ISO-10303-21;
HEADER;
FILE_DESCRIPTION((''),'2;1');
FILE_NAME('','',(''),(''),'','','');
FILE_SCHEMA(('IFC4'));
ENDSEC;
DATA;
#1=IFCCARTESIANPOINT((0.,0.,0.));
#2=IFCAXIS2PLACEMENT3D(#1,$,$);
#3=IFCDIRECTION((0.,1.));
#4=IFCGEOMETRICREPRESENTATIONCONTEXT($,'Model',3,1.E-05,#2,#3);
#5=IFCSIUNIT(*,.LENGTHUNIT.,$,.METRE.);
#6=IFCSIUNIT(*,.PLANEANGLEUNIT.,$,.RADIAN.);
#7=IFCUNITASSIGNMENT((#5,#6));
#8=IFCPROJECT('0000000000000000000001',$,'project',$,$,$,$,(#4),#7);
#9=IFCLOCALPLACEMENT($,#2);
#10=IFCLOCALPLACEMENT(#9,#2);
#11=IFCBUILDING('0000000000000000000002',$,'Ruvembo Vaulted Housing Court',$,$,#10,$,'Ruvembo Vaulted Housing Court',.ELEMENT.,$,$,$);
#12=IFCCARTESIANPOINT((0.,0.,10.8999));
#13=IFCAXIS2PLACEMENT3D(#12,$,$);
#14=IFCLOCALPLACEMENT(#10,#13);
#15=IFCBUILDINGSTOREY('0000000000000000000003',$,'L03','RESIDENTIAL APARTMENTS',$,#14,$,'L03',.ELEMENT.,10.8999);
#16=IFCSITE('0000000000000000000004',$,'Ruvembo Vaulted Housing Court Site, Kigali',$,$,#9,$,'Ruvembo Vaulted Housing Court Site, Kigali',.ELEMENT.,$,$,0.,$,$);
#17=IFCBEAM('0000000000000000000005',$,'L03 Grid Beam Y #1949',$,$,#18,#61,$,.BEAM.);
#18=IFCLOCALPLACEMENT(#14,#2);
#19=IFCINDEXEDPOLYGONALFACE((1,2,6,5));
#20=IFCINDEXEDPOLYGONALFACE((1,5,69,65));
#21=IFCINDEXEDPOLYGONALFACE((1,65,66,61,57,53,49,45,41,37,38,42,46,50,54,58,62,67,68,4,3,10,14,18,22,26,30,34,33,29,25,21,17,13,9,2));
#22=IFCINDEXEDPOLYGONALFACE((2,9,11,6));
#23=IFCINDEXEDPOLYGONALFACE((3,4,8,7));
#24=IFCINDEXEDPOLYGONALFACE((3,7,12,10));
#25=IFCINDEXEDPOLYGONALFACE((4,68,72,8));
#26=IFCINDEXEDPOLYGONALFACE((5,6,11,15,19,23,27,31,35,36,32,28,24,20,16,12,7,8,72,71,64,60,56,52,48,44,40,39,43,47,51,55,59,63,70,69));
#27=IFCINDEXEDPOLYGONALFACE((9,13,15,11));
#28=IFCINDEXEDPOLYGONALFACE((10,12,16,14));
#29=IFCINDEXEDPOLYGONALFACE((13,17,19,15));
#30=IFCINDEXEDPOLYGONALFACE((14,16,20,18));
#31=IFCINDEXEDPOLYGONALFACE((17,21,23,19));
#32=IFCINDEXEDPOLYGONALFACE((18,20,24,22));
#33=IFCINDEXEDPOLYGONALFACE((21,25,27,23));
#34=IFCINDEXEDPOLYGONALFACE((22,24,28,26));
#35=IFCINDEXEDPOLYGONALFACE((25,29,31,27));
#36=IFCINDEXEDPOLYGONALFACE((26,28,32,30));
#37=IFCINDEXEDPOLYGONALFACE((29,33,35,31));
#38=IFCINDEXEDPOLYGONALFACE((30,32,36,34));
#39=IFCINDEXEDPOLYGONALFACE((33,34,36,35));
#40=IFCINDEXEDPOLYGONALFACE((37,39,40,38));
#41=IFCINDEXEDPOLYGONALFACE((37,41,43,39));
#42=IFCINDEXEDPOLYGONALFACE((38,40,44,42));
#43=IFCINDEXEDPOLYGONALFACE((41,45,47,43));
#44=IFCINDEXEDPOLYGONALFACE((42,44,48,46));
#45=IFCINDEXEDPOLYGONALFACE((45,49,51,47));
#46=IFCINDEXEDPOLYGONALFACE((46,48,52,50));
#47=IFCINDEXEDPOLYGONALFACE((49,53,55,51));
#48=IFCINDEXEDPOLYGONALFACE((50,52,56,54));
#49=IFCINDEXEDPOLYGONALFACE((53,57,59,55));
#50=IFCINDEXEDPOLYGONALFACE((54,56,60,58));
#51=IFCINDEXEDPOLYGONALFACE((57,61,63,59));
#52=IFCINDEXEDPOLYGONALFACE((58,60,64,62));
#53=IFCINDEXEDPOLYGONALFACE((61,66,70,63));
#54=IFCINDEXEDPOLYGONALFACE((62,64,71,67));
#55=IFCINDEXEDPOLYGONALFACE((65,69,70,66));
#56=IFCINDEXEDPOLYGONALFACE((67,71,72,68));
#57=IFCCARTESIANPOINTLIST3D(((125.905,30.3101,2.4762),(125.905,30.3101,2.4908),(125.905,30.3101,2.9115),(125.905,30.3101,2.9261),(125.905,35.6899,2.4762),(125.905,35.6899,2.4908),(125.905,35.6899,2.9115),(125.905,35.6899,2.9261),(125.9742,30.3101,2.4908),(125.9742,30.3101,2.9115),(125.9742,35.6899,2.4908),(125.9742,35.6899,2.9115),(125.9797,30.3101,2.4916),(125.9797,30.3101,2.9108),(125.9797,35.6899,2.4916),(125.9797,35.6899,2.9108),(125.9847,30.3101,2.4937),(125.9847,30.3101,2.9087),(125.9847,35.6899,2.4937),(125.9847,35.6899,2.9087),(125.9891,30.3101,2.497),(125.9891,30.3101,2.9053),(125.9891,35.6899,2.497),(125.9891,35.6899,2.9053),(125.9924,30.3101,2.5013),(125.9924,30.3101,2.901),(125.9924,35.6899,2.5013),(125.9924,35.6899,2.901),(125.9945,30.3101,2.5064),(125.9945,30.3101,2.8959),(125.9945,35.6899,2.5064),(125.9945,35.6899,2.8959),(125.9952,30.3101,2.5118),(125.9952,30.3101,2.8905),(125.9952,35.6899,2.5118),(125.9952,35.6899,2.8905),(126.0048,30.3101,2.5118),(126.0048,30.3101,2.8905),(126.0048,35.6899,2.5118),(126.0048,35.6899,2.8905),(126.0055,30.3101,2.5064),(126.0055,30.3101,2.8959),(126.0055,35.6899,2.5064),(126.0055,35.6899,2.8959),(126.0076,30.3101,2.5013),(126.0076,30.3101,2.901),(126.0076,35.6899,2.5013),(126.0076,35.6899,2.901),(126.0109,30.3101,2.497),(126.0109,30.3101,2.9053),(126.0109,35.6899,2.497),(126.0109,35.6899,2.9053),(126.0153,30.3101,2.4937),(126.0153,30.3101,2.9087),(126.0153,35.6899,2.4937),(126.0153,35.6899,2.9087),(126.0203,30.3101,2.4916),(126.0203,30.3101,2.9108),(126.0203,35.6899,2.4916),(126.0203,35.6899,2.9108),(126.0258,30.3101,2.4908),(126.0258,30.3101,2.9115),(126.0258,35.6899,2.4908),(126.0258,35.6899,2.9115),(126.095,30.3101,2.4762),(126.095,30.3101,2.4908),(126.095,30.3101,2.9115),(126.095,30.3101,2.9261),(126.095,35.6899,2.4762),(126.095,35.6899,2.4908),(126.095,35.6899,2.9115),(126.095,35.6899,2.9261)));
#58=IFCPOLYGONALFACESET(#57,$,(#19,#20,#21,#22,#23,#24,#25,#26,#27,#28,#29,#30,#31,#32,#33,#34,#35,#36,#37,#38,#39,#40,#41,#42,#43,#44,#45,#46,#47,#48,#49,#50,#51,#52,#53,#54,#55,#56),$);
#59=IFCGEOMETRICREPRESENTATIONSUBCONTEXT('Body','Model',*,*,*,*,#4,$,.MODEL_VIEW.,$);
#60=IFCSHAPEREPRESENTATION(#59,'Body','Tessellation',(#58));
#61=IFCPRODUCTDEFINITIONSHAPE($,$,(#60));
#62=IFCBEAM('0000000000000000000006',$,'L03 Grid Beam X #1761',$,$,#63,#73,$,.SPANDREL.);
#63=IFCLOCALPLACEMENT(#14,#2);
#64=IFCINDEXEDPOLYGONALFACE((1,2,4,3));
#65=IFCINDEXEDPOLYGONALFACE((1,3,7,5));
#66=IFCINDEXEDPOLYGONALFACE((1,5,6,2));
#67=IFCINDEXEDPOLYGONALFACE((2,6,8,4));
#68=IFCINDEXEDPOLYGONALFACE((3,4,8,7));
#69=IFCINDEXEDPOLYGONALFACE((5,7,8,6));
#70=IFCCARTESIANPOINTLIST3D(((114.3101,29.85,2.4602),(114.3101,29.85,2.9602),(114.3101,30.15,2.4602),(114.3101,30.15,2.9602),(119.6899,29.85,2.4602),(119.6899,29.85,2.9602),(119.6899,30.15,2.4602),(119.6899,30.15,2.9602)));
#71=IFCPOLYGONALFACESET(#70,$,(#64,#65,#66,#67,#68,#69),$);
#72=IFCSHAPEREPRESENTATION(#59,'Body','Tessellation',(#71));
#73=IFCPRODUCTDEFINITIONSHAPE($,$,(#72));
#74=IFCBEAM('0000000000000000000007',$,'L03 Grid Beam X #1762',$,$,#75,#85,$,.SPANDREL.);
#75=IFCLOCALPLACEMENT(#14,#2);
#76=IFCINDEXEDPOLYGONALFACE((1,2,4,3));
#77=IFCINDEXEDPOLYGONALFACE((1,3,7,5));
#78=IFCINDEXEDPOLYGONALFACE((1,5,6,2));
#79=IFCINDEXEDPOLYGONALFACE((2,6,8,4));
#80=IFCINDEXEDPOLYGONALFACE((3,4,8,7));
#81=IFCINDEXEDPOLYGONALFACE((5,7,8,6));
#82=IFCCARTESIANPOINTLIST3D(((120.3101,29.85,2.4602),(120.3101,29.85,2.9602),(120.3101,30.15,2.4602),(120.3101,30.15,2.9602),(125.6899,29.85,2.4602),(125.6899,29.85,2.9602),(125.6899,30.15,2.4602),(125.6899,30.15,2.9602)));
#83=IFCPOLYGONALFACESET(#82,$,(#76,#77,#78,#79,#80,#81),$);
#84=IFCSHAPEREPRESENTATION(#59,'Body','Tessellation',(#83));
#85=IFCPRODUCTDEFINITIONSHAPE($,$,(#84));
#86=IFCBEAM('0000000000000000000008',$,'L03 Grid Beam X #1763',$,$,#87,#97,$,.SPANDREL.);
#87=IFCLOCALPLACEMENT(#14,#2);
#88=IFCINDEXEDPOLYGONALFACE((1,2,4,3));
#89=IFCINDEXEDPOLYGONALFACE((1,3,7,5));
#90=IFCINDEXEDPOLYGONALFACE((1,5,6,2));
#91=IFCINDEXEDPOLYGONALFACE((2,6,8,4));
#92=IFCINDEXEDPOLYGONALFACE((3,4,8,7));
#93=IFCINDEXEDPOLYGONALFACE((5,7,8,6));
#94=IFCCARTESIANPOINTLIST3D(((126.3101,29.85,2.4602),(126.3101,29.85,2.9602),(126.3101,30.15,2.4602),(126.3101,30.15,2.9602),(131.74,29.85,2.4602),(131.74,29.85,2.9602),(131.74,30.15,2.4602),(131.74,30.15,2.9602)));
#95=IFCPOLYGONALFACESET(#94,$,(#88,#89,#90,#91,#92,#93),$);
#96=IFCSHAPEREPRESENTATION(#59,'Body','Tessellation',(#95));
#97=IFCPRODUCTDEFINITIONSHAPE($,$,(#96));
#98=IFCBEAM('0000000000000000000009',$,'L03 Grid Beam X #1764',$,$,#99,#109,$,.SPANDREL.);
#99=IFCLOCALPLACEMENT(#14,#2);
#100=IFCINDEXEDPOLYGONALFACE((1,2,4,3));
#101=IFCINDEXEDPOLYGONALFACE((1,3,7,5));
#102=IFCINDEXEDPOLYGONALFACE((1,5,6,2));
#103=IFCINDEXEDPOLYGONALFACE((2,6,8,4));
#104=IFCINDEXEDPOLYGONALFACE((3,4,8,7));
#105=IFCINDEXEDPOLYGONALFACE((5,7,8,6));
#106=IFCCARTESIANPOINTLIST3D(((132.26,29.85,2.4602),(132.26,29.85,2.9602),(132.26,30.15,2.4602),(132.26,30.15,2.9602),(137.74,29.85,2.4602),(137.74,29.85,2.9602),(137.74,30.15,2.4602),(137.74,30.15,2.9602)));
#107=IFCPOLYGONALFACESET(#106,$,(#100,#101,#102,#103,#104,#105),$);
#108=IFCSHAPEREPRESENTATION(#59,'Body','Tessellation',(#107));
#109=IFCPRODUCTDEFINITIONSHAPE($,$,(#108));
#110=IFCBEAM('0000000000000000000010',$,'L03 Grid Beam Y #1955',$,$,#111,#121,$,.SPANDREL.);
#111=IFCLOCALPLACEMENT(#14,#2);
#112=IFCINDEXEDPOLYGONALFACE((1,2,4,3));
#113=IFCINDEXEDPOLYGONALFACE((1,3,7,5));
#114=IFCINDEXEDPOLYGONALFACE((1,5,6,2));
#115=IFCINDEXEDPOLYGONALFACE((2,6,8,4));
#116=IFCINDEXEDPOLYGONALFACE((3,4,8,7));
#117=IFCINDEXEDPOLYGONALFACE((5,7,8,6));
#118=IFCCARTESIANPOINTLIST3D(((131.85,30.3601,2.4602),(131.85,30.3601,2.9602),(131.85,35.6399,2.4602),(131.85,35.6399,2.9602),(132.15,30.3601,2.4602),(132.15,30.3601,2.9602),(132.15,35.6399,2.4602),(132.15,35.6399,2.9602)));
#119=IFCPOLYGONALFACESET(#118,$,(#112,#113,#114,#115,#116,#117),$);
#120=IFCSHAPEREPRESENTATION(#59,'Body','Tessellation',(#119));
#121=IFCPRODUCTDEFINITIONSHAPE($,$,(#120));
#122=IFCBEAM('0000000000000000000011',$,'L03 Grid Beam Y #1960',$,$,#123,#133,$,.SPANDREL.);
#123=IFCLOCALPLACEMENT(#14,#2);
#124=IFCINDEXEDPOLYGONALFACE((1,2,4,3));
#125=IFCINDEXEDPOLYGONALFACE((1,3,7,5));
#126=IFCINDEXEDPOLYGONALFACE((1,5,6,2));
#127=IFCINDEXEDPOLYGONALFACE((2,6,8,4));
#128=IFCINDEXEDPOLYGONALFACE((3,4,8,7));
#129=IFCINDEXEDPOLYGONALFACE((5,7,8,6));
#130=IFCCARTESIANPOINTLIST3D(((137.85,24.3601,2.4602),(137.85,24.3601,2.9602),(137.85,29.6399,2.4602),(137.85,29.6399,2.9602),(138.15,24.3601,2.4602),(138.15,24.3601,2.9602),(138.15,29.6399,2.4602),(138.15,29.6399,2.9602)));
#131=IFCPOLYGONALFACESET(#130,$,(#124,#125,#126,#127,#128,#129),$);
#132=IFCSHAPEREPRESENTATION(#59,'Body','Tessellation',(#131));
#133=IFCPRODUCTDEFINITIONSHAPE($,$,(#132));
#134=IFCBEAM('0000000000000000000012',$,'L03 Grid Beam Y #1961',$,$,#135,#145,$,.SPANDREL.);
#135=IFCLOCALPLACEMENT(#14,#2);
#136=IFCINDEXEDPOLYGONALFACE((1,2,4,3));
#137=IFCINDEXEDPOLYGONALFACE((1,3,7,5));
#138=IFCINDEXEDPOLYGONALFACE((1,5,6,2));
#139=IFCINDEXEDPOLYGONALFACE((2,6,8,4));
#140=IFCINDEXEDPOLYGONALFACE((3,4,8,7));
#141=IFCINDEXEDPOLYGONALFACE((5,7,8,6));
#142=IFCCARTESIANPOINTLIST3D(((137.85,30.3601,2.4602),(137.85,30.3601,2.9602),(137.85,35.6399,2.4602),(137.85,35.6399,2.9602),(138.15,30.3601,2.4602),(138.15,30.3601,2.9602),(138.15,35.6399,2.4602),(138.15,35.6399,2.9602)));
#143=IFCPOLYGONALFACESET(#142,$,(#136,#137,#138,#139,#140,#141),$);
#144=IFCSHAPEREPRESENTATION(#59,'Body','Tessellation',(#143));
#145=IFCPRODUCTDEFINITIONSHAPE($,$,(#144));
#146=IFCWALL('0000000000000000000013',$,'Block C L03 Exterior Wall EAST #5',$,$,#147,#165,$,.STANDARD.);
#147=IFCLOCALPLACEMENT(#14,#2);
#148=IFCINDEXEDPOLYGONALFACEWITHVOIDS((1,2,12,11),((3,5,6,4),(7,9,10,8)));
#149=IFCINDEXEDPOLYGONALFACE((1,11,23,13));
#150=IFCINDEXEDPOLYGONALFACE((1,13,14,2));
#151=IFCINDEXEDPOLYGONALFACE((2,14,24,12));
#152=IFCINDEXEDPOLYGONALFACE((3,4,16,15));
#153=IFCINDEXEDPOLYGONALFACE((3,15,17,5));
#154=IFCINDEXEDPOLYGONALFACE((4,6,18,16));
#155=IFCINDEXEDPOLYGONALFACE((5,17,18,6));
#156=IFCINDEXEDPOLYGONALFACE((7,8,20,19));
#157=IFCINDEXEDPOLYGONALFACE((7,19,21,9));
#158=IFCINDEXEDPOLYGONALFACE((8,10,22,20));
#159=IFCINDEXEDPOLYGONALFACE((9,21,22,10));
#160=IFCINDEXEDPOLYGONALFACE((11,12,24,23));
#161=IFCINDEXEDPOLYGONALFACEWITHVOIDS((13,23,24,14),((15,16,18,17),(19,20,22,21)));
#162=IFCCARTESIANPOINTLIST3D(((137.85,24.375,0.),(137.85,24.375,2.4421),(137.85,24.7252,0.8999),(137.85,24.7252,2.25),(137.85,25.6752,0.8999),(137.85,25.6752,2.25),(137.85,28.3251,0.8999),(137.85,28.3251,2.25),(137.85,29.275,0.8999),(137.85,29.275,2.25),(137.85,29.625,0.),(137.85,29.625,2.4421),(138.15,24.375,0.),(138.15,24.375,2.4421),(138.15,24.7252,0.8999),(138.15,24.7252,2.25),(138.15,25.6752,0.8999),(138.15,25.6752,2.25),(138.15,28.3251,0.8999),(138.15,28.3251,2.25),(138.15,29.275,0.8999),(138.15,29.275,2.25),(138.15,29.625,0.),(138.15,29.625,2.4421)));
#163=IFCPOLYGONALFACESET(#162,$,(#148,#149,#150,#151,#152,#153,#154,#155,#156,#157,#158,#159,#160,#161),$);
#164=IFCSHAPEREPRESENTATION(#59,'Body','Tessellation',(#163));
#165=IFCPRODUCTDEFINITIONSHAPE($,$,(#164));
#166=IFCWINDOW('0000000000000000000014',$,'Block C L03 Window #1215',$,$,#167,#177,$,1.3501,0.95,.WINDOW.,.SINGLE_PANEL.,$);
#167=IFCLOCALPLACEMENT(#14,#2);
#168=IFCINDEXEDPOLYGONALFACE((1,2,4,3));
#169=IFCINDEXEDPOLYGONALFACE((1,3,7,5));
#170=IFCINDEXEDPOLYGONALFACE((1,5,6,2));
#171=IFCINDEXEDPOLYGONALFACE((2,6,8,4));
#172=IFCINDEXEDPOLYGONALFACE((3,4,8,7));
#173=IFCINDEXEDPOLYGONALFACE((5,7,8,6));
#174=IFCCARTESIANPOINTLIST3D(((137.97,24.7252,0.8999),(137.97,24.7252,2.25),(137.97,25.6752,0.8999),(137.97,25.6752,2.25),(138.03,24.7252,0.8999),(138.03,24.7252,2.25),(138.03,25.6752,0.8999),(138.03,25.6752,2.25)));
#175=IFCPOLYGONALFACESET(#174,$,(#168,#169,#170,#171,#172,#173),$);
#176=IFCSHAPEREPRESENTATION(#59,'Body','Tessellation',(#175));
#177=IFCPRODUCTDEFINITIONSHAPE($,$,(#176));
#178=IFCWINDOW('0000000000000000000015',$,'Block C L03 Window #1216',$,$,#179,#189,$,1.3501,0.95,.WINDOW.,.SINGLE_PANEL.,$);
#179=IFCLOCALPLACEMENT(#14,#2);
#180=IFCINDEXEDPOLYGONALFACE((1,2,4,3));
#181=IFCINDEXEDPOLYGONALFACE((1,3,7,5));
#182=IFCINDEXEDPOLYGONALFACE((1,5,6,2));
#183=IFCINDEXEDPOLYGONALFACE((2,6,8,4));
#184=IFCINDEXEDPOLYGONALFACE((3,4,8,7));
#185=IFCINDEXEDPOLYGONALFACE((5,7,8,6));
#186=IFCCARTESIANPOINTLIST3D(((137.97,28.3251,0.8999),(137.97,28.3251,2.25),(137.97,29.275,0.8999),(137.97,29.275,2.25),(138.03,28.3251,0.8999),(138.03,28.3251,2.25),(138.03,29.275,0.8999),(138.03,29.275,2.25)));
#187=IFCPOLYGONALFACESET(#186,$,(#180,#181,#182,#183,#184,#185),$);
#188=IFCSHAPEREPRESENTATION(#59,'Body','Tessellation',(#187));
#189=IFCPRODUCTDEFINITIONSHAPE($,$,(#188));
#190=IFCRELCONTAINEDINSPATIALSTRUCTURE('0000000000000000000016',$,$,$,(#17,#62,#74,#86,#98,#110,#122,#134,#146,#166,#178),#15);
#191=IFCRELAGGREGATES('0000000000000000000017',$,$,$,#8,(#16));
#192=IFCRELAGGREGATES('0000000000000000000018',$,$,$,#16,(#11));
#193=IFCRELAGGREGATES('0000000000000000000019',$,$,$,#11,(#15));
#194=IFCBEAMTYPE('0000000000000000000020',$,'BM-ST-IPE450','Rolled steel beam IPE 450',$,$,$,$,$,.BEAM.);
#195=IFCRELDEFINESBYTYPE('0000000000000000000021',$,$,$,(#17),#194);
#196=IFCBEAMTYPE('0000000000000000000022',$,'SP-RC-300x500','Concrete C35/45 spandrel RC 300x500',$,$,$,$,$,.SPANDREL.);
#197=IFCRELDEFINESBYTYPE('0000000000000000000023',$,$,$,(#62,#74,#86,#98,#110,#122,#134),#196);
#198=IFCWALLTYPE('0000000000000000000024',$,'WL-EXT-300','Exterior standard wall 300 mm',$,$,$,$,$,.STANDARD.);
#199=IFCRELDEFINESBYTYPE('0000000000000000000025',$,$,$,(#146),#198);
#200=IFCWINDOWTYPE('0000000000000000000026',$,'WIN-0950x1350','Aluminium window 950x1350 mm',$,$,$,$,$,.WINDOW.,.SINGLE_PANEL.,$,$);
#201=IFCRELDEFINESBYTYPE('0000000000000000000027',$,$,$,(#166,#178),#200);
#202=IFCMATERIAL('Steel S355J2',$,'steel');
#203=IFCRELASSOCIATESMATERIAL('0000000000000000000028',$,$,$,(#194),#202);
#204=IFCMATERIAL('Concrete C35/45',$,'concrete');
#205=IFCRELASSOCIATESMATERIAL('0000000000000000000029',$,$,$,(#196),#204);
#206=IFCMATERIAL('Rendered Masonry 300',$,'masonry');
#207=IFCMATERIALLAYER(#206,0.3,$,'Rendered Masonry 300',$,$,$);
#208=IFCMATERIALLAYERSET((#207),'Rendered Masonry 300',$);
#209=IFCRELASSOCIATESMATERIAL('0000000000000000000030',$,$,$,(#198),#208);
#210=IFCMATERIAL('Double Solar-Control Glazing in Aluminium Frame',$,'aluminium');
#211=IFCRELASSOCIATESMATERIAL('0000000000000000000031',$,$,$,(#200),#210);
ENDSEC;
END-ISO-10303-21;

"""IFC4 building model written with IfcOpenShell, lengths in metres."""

from ifc_helpers import new_model, si_unit, direction, frame, frame_2d, origin, origin_2d, place, context, subcontext, project, spatial, rectangle, i_section, extrude, material, layer, layer_set, material_profile, profile_set, type_object, element, fill, save


model = new_model("IFC4")

# Units and contexts
model_context = context("Model", 3, precision=1e-05, world=origin(), true_north=direction((0.0, 1.0)))
body_context = subcontext(model_context, "Body", "Model", "MODEL_VIEW")
ifc_project = project(units=[si_unit("LENGTHUNIT", "METRE"), si_unit("PLANEANGLEUNIT", "RADIAN")], contexts=[model_context])

# Site, building, storey
site_placement = place(None, origin())
site = spatial("IfcSite", under=ifc_project, at=site_placement, Name="Ruvembo Vaulted Housing Court Site, Kigali", LongName="Ruvembo Vaulted Housing Court Site, Kigali", CompositionType="ELEMENT", RefElevation=0.0)
building_placement = place(site_placement, origin())
building = spatial("IfcBuilding", under=site, at=building_placement, Name="Ruvembo Vaulted Housing Court", LongName="Ruvembo Vaulted Housing Court", CompositionType="ELEMENT")
storey_placement = place(building_placement, frame((0.0, 0.0, 10.8999)))
storey = spatial("IfcBuildingStorey", under=building, at=storey_placement, Name="L03", Description="RESIDENTIAL APARTMENTS", LongName="L03", CompositionType="ELEMENT", Elevation=10.8999)

# Beams
ifc_material_1 = material(Name="Steel S355J2", Category="steel")
ifc_material_profile_1 = material_profile(ifc_material_1, i_section(OverallWidth=0.1899, OverallDepth=0.45, WebThickness=0.0095, FlangeThickness=0.0146, FilletRadius=0.021, at=origin_2d()), Name="IPE 450")
ifc_profile_set_1 = profile_set([ifc_material_profile_1], Name="Steel S355J2")
beam_type_1 = type_object("IfcBeamType", Name="BM-ST-IPE450", Description="Rolled steel beam IPE 450", PredefinedType="BEAM", material=ifc_profile_set_1)
beam_1_placement = place(storey_placement, frame((126.0, 30.3101, 2.7012), z_axis=(0.0, 1.0, 0.0), x_axis=(-1.0, 0.0, 0.0)))
element("IfcBeam", 1, at=beam_1_placement, inside=storey, type_object=beam_type_1, Name="L03 Grid Beam Y #1949", PredefinedType="BEAM", context=body_context, shape_type="SweptSolid", body=[
    extrude(i_section(OverallWidth=0.1899, OverallDepth=0.45, WebThickness=0.0095, FlangeThickness=0.0146, FilletRadius=0.021, at=origin_2d()), origin(), (0.0, 0.0, 1.0), 5.3799),
])
ifc_material_2 = material(Name="Concrete C35/45", Category="concrete")
ifc_material_profile_2 = material_profile(ifc_material_2, rectangle(XDim=0.3, YDim=0.5, at=origin_2d()), Name="RC 300x500")
ifc_profile_set_2 = profile_set([ifc_material_profile_2], Name="Concrete C35/45")
beam_type_2 = type_object("IfcBeamType", Name="SP-RC-300x500", Description="Concrete C35/45 spandrel RC 300x500", PredefinedType="SPANDREL", material=ifc_profile_set_2)
for number, where, z_axis, x_axis, name in (
    (2, (114.3101, 30.0, 2.7102), (1.0, 0.0, 0.0), (0.0, 1.0, 0.0), "L03 Grid Beam X #1761"),
    (3, (120.3101, 30.0, 2.7102), (1.0, 0.0, 0.0), (0.0, 1.0, 0.0), "L03 Grid Beam X #1762"),
):
    element("IfcBeam", number, at=place(storey_placement, frame(where, z_axis=z_axis, x_axis=x_axis)), inside=storey, type_object=beam_type_2, Name=name, PredefinedType="SPANDREL", context=body_context, shape_type="SweptSolid", body=[
        extrude(rectangle(XDim=0.3, YDim=0.5, at=origin_2d()), origin(), (0.0, 0.0, 1.0), 5.3799),
    ])
beam_2_placement = place(storey_placement, frame((126.3101, 30.0, 2.7102), z_axis=(1.0, 0.0, 0.0), x_axis=(0.0, 1.0, 0.0)))
element("IfcBeam", 4, at=beam_2_placement, inside=storey, type_object=beam_type_2, Name="L03 Grid Beam X #1763", PredefinedType="SPANDREL", context=body_context, shape_type="SweptSolid", body=[
    extrude(rectangle(XDim=0.3, YDim=0.5, at=origin_2d()), origin(), (0.0, 0.0, 1.0), 5.4299),
])
beam_3_placement = place(storey_placement, frame((132.26, 30.0, 2.7102), z_axis=(1.0, 0.0, 0.0), x_axis=(0.0, 1.0, 0.0)))
element("IfcBeam", 5, at=beam_3_placement, inside=storey, type_object=beam_type_2, Name="L03 Grid Beam X #1764", PredefinedType="SPANDREL", context=body_context, shape_type="SweptSolid", body=[
    extrude(rectangle(XDim=0.3, YDim=0.5, at=origin_2d()), origin(), (0.0, 0.0, 1.0), 5.48),
])
for number, where, z_axis, x_axis, name in (
    (6, (132.0, 30.3601, 2.7102), (0.0, 1.0, 0.0), (-1.0, 0.0, 0.0), "L03 Grid Beam Y #1955"),
    (7, (138.0, 24.3601, 2.7102), (0.0, 1.0, 0.0), (-1.0, 0.0, 0.0), "L03 Grid Beam Y #1960"),
    (8, (138.0, 30.3601, 2.7102), (0.0, 1.0, 0.0), (-1.0, 0.0, 0.0), "L03 Grid Beam Y #1961"),
):
    element("IfcBeam", number, at=place(storey_placement, frame(where, z_axis=z_axis, x_axis=x_axis)), inside=storey, type_object=beam_type_2, Name=name, PredefinedType="SPANDREL", context=body_context, shape_type="SweptSolid", body=[
        extrude(rectangle(XDim=0.3, YDim=0.5, at=origin_2d()), origin(), (0.0, 0.0, 1.0), 5.2798),
    ])

# Wall, openings, windows
ifc_material_3 = material(Name="Rendered Masonry 300", Category="masonry")
ifc_layer_1 = layer(ifc_material_3, 0.3, Name="Rendered Masonry 300")
ifc_layer_set_1 = layer_set([ifc_layer_1], Name="Rendered Masonry 300")
wall_type_1 = type_object("IfcWallType", Name="WL-EXT-300", Description="Exterior standard wall 300 mm", PredefinedType="STANDARD", material=ifc_layer_set_1)
wall_1_placement = place(storey_placement, frame((138.0, 24.375, 0.0), z_axis=(0.0, 0.0, 1.0), x_axis=(0.0, 1.0, 0.0)))
wall_1 = element("IfcWall", 9, at=wall_1_placement, inside=storey, type_object=wall_type_1, Name="Block C L03 Exterior Wall EAST #5", PredefinedType="STANDARD", context=body_context, shape_type="SweptSolid", body=[
    extrude(rectangle(XDim=5.25, YDim=0.3, at=frame_2d((2.625, 0.0))), origin(), (0.0, 0.0, 1.0), 2.4421),
])
opening_1_placement = place(wall_1_placement, frame((0.3501, 0.0, 0.8999)))
opening_1 = element("IfcOpeningElement", 10, at=opening_1_placement, cuts=wall_1, PredefinedType="OPENING", context=body_context, shape_type="SweptSolid", body=[
    extrude(rectangle(XDim=0.95, YDim=1.3501, at=frame_2d((0.4751, 0.675))), frame((0.0, 0.1599, 0.0), z_axis=(0.0, -1.0, 0.0), x_axis=(1.0, 0.0, 0.0)), (0.0, 0.0, 1.0), 0.3201),
])
opening_2_placement = place(wall_1_placement, frame((3.95, 0.0, 0.8999)))
opening_2 = element("IfcOpeningElement", 11, at=opening_2_placement, cuts=wall_1, PredefinedType="OPENING", context=body_context, shape_type="SweptSolid", body=[
    extrude(rectangle(XDim=0.95, YDim=1.3501, at=frame_2d((0.4751, 0.675))), frame((0.0, 0.1599, 0.0), z_axis=(0.0, -1.0, 0.0), x_axis=(1.0, 0.0, 0.0)), (0.0, 0.0, 1.0), 0.3201),
])
ifc_material_4 = material(Name="Double Solar-Control Glazing in Aluminium Frame", Category="aluminium")
window_type_1 = type_object("IfcWindowType", Name="WIN-0950x1350", Description="Aluminium window 950x1350 mm", PartitioningType="SINGLE_PANEL", PredefinedType="WINDOW", material=ifc_material_4)
window_1_placement = place(opening_1_placement, origin())
window_1 = element("IfcWindow", 12, at=window_1_placement, inside=storey, type_object=window_type_1, Name="Block C L03 Window #1215", OverallHeight=1.3501, OverallWidth=0.95, PartitioningType="SINGLE_PANEL", PredefinedType="WINDOW", context=body_context, shape_type="SweptSolid", body=[
    extrude(rectangle(XDim=0.95, YDim=1.3501, at=frame_2d((0.4751, 0.675))), frame((0.0, 0.03, 0.0), z_axis=(0.0, -1.0, 0.0), x_axis=(1.0, 0.0, 0.0)), (0.0, 0.0, 1.0), 0.0601),
])
fill(opening_1, window_1)
window_2_placement = place(opening_2_placement, origin())
window_2 = element("IfcWindow", 13, at=window_2_placement, inside=storey, type_object=window_type_1, Name="Block C L03 Window #1216", OverallHeight=1.3501, OverallWidth=0.95, PartitioningType="SINGLE_PANEL", PredefinedType="WINDOW", context=body_context, shape_type="SweptSolid", body=[
    extrude(rectangle(XDim=0.95, YDim=1.3501, at=frame_2d((0.4751, 0.675))), frame((0.0, 0.03, 0.0), z_axis=(0.0, -1.0, 0.0), x_axis=(1.0, 0.0, 0.0)), (0.0, 0.0, 1.0), 0.0601),
])
fill(opening_2, window_2)

save(model, "model.ifc")
